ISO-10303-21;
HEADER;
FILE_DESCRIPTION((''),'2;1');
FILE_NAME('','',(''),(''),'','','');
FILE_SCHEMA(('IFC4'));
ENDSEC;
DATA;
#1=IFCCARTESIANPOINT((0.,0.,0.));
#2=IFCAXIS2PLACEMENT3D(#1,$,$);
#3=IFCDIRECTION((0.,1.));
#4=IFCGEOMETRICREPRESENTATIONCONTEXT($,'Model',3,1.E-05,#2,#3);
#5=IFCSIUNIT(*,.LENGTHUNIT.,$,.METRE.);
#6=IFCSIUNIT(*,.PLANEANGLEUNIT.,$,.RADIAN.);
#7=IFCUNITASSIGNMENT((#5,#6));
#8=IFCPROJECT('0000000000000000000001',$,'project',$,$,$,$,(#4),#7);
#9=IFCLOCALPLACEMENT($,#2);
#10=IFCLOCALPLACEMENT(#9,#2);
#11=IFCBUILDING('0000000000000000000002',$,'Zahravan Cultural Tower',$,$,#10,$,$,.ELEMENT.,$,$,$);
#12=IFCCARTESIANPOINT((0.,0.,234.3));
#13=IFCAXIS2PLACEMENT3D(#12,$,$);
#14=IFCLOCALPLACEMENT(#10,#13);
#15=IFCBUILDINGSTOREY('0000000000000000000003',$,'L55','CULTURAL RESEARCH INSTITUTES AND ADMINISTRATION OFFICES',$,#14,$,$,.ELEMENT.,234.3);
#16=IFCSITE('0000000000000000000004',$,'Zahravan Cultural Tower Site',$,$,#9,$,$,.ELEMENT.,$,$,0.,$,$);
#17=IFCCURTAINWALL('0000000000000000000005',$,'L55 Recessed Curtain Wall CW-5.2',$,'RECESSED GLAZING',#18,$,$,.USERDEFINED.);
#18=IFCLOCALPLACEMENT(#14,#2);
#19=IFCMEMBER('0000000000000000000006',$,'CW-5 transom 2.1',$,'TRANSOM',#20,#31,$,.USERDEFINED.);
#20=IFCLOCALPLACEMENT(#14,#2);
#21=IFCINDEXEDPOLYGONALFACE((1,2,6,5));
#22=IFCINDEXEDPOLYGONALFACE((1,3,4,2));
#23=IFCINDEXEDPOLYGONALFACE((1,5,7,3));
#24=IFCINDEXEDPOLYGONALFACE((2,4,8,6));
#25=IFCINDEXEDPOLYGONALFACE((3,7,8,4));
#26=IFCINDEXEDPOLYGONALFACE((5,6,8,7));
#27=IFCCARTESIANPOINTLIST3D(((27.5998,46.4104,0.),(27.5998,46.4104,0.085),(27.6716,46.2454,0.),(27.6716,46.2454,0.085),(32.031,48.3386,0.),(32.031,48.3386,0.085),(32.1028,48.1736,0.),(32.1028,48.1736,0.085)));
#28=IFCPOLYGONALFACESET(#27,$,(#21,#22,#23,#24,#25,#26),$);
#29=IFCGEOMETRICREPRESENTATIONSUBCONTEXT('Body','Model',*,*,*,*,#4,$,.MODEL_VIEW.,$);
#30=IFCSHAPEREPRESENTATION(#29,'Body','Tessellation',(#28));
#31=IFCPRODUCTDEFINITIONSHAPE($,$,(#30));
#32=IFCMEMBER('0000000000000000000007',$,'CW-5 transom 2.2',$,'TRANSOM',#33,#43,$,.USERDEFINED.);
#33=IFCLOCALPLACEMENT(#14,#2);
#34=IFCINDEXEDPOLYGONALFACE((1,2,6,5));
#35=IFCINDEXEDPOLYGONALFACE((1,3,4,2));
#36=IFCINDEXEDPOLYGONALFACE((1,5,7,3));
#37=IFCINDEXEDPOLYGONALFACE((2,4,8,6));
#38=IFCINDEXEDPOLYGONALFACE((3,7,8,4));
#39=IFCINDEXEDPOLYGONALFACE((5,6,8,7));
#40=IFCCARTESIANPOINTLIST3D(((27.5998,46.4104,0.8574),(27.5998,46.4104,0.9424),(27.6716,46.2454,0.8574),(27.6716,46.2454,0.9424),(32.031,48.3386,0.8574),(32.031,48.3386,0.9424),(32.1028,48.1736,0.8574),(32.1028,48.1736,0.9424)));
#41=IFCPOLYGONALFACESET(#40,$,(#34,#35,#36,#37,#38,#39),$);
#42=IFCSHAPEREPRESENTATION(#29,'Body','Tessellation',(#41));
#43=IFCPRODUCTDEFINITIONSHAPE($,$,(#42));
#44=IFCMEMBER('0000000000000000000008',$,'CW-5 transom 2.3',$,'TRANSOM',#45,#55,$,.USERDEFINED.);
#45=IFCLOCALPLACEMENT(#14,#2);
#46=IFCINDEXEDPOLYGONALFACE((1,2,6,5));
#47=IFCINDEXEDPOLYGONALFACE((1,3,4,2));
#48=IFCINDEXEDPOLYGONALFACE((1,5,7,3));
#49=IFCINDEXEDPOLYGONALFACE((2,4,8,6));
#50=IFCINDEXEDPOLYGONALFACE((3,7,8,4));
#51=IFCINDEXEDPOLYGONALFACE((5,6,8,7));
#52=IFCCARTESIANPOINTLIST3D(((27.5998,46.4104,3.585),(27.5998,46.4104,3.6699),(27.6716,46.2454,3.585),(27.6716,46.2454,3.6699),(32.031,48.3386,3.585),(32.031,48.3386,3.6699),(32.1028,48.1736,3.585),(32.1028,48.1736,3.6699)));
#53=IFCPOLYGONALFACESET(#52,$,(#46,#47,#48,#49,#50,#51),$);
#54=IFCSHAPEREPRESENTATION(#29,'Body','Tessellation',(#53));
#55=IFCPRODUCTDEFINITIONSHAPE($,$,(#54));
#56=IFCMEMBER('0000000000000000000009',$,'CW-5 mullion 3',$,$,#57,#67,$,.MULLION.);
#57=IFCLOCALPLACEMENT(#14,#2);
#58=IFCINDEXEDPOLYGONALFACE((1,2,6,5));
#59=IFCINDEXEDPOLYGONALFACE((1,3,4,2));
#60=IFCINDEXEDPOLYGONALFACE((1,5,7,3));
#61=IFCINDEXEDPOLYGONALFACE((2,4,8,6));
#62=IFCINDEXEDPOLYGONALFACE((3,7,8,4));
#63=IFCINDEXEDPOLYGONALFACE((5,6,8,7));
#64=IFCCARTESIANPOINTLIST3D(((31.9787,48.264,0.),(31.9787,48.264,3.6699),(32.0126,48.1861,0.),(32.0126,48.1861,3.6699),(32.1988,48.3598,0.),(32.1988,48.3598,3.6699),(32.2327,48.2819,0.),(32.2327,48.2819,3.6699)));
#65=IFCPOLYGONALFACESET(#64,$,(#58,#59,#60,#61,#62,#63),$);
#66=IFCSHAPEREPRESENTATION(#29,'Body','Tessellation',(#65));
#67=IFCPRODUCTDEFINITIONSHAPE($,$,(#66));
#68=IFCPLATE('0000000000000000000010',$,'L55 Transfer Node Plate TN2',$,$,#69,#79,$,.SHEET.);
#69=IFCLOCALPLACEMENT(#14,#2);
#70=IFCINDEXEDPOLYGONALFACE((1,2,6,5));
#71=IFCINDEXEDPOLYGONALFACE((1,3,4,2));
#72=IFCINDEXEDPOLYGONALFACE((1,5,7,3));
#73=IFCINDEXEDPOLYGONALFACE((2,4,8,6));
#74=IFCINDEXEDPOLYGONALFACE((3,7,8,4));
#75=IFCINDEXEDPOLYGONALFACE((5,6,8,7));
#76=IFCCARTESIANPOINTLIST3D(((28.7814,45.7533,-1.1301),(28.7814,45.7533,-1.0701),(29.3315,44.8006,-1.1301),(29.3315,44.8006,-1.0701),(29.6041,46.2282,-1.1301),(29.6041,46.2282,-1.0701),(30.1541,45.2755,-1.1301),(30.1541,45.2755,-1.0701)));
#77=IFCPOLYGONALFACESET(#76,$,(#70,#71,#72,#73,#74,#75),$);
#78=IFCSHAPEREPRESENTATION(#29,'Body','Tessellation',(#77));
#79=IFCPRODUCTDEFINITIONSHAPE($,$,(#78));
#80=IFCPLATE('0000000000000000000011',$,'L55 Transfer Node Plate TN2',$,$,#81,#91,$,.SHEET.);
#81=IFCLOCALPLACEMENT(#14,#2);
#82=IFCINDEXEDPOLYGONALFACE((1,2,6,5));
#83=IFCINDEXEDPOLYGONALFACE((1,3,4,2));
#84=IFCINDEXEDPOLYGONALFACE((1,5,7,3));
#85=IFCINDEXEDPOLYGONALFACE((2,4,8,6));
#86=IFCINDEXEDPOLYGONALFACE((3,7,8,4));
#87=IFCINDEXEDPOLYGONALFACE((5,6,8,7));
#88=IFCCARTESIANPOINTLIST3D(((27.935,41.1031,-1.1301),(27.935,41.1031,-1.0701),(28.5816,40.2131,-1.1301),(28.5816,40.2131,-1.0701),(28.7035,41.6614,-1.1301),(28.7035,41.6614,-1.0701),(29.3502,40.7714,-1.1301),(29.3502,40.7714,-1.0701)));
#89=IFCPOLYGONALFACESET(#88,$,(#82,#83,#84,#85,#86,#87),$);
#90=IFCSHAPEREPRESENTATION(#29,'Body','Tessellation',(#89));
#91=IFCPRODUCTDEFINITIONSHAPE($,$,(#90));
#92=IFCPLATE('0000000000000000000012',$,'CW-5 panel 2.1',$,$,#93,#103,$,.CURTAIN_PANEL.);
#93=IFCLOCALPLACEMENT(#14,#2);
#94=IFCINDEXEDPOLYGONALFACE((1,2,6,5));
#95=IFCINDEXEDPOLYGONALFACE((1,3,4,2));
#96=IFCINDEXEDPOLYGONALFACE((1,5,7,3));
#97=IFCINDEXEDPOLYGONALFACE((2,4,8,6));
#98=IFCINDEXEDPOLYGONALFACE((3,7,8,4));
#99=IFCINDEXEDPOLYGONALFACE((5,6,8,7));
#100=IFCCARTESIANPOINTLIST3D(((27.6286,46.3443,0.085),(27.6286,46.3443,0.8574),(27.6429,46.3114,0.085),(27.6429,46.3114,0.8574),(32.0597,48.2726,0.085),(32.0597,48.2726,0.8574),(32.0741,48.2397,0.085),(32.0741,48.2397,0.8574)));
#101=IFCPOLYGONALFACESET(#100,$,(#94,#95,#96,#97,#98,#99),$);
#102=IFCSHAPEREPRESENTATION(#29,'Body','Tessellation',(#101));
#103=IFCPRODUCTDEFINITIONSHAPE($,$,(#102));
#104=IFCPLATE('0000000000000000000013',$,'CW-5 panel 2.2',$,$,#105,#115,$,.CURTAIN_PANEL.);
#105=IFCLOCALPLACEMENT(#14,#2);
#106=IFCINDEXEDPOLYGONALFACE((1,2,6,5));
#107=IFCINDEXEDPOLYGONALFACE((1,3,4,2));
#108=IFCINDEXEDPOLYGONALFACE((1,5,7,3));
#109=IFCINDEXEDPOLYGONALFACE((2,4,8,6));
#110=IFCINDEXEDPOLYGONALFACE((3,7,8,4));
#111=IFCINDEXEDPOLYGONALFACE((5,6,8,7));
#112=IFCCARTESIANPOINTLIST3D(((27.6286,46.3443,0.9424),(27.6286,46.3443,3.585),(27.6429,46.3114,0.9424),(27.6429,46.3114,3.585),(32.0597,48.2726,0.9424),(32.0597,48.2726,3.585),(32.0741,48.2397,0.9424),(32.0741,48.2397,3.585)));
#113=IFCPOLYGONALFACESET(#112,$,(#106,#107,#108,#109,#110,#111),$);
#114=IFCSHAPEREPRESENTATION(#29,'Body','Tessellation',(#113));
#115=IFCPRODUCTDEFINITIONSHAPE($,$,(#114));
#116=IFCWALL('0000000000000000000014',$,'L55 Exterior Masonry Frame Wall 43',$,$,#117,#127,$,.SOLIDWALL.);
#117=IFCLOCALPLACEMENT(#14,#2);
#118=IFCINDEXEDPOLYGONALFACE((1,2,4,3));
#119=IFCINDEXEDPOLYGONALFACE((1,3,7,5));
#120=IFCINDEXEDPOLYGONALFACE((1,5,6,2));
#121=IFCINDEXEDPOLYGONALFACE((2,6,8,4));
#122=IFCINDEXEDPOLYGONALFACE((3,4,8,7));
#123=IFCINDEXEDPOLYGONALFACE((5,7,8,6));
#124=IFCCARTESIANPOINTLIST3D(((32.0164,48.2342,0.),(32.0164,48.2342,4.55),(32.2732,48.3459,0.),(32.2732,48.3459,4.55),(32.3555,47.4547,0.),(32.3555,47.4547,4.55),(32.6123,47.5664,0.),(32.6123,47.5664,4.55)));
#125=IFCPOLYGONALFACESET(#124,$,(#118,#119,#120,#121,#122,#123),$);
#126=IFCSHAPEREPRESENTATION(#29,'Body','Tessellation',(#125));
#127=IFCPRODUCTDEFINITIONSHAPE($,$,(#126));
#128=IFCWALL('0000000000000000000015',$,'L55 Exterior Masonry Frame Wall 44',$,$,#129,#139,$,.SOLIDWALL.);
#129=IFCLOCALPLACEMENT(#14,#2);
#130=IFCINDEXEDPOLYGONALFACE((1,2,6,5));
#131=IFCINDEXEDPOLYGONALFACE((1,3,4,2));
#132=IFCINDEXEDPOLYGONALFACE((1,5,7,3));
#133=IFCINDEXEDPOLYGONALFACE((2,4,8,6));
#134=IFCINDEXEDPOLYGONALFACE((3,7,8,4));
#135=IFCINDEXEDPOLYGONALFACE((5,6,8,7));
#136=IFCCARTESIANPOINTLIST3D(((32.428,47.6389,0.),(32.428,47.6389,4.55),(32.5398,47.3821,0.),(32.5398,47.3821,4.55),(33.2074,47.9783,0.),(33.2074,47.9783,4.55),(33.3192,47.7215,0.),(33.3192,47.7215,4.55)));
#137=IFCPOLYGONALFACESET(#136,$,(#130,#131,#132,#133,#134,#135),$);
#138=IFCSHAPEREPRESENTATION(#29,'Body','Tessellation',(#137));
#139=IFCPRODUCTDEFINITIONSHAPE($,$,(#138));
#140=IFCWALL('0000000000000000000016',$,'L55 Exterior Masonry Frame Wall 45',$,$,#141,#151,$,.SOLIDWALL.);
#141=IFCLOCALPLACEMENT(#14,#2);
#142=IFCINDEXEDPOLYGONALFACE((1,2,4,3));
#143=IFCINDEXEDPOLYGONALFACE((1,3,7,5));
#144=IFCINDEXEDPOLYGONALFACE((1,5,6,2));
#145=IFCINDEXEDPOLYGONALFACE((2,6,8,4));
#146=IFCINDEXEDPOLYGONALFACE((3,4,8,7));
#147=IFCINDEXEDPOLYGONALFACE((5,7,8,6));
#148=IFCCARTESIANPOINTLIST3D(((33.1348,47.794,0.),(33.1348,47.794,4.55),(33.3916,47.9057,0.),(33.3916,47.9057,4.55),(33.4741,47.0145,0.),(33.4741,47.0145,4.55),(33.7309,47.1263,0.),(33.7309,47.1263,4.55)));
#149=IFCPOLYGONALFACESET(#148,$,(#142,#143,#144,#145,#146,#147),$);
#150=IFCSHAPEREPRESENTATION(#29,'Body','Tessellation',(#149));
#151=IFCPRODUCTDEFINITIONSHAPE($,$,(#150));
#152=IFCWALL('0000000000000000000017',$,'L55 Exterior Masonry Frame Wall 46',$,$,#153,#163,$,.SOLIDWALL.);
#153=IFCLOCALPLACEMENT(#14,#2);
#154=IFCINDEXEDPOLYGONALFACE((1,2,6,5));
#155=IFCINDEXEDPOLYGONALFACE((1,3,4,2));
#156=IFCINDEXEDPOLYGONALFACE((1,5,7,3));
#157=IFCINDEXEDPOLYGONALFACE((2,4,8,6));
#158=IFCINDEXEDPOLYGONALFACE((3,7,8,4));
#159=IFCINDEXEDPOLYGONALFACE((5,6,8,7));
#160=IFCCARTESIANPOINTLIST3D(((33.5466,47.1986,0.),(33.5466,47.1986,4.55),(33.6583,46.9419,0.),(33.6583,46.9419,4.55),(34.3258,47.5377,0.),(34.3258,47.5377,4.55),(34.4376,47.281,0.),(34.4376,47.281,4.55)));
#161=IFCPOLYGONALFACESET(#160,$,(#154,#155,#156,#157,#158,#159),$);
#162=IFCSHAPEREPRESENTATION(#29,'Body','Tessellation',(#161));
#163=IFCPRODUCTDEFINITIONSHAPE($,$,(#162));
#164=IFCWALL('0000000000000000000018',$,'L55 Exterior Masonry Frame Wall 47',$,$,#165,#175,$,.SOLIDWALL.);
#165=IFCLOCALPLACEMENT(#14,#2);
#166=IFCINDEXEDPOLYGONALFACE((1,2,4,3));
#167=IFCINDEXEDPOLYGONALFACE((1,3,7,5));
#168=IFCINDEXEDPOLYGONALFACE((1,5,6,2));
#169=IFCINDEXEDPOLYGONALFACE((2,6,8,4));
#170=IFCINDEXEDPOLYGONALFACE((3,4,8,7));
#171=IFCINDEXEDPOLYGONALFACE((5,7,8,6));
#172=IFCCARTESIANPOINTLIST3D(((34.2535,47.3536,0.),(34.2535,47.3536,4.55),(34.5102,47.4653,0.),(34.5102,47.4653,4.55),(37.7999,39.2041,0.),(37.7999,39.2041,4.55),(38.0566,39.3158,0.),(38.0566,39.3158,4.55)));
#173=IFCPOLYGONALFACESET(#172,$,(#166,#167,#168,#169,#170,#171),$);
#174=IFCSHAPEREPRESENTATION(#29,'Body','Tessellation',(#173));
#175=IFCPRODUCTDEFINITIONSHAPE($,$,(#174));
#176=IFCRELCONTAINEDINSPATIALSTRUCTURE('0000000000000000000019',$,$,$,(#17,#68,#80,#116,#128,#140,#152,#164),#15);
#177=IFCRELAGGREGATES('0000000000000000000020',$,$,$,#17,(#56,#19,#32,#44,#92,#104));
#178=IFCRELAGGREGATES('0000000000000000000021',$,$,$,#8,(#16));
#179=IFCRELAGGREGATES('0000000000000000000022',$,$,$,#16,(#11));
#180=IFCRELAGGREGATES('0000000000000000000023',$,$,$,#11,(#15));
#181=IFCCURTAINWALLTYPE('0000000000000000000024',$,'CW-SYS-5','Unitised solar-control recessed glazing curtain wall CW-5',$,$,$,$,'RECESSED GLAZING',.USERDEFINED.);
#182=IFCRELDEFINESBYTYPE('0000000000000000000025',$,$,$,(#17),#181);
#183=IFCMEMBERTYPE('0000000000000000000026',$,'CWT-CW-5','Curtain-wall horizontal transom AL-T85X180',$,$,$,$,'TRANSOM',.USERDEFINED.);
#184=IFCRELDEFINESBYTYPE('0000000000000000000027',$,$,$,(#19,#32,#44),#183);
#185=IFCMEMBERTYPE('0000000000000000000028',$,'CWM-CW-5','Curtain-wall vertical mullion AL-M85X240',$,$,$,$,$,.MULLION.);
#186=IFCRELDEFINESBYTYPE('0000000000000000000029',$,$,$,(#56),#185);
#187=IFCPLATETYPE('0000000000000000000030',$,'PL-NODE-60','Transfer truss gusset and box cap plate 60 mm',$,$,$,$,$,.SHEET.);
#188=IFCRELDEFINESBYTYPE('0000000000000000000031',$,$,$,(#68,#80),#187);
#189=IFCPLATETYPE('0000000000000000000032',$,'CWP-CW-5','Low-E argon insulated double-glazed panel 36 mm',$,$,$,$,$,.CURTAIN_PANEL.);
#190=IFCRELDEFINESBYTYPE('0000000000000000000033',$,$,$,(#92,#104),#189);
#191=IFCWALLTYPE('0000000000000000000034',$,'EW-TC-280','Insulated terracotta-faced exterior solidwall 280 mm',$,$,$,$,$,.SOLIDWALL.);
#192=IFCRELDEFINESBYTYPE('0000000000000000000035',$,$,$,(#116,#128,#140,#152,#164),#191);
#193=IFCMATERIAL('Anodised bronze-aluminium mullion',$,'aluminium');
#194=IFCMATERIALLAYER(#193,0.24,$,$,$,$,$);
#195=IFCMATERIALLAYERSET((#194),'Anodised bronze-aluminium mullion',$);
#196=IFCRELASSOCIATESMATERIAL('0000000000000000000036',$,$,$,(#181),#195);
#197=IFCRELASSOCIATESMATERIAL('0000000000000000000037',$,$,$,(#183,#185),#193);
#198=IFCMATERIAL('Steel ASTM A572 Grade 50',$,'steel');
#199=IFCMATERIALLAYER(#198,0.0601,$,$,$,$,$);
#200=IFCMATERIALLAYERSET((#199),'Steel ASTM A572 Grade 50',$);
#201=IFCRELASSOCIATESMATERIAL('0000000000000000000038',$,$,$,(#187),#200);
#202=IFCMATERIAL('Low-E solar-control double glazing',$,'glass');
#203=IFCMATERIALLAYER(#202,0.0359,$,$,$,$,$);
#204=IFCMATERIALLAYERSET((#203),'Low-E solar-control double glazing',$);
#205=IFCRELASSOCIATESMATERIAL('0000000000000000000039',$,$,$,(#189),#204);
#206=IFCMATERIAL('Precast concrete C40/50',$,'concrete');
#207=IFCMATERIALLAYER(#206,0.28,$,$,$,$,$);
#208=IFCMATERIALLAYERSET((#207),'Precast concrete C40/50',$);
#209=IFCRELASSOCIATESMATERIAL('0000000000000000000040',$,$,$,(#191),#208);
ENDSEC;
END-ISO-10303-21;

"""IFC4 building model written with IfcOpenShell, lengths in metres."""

from ifc_helpers import new_model, si_unit, direction, frame, frame_2d, origin, origin_2d, place, context, subcontext, project, spatial, rectangle, extrude, source, transform, mapped, material, layer, layer_set, material_profile, profile_set, type_object, element, aggregate, save


model = new_model("IFC4")

# Units and contexts
model_context = context("Model", 3, precision=1e-05, world=origin(), true_north=direction((0.0, 1.0)))
body_context = subcontext(model_context, "Body", "Model", "MODEL_VIEW")
ifc_project = project(units=[si_unit("LENGTHUNIT", "METRE"), si_unit("PLANEANGLEUNIT", "RADIAN")], contexts=[model_context])

# Site, building, storey
site_placement = place(None, origin())
site = spatial("IfcSite", under=ifc_project, at=site_placement, Name="Zahravan Cultural Tower Site", CompositionType="ELEMENT", RefElevation=0.0)
building_placement = place(site_placement, origin())
building = spatial("IfcBuilding", under=site, at=building_placement, Name="Zahravan Cultural Tower", CompositionType="ELEMENT")
storey_placement = place(building_placement, frame((0.0, 0.0, 234.3)))
storey = spatial("IfcBuildingStorey", under=building, at=storey_placement, Name="L55", Description="CULTURAL RESEARCH INSTITUTES AND ADMINISTRATION OFFICES", CompositionType="ELEMENT", Elevation=234.3)

# Shared definitions
ifc_material_1 = material(Name="Steel ASTM A572 Grade 50", Category="steel")

# Curtain wall, members
ifc_material_2 = material(Name="Anodised bronze-aluminium mullion", Category="aluminium")
ifc_layer_1 = layer(ifc_material_2, 0.24)
ifc_layer_set_1 = layer_set([ifc_layer_1], Name="Anodised bronze-aluminium mullion")
curtain_wall_type = type_object("IfcCurtainWallType", Name="CW-SYS-5", Description="Unitised solar-control recessed glazing curtain wall CW-5", ElementType="RECESSED GLAZING", PredefinedType="USERDEFINED", material=ifc_layer_set_1)
curtain_wall_placement = place(storey_placement, origin())
curtain_wall = element("IfcCurtainWall", 1, at=curtain_wall_placement, inside=storey, type_object=curtain_wall_type, Name="L55 Recessed Curtain Wall CW-5.2", ObjectType="RECESSED GLAZING", PredefinedType="USERDEFINED")
ifc_material_profile_1 = material_profile(ifc_material_2, rectangle(XDim=0.1799, YDim=0.085, at=origin_2d()), Name="AL-T85X180")
ifc_profile_set_1 = profile_set([ifc_material_profile_1], Name="Anodised bronze-aluminium mullion")
member_type_1 = type_object("IfcMemberType", Name="CWT-CW-5", Description="Curtain-wall horizontal transom AL-T85X180", ElementType="TRANSOM", PredefinedType="USERDEFINED", material=ifc_profile_set_1)
shared_shape_1 = source(origin(), body_context, "Body", "SweptSolid", [
    extrude(rectangle(XDim=0.1799, YDim=0.085, at=origin_2d()), origin(), (0.0, 0.0, 1.0), 4.8325),
])
member_1_placement = place(storey_placement, frame((27.6357, 46.3279, 0.0425), z_axis=(0.916946, 0.399011, 0.0), x_axis=(-0.399011, 0.916946, 0.0)))
member_1 = element("IfcMember", 2, at=member_1_placement, type_object=member_type_1, Name="CW-5 transom 2.1", ObjectType="TRANSOM", PredefinedType="USERDEFINED", context=body_context, shape_type="MappedRepresentation", body=[
    mapped(shared_shape_1, transform((0.0, 0.0, 0.0), x_axis=(1.0, 0.0, 0.0), y_axis=(0.0, 1.0, 0.0), z_axis=(0.0, 0.0, 1.0), scale=1.0)),
])
member_2_placement = place(storey_placement, frame((27.6357, 46.3279, 0.8999), z_axis=(0.916946, 0.399011, 0.0), x_axis=(-0.399011, 0.916946, 0.0)))
member_2 = element("IfcMember", 3, at=member_2_placement, type_object=member_type_1, Name="CW-5 transom 2.2", ObjectType="TRANSOM", PredefinedType="USERDEFINED", context=body_context, shape_type="MappedRepresentation", body=[
    mapped(shared_shape_1, transform((0.0, 0.0, 0.0), x_axis=(1.0, 0.0, 0.0), y_axis=(0.0, 1.0, 0.0), z_axis=(0.0, 0.0, 1.0), scale=1.0)),
])
member_3_placement = place(storey_placement, frame((27.6357, 46.3279, 3.6274), z_axis=(0.916946, 0.399011, 0.0), x_axis=(-0.399011, 0.916946, 0.0)))
member_3 = element("IfcMember", 4, at=member_3_placement, type_object=member_type_1, Name="CW-5 transom 2.3", ObjectType="TRANSOM", PredefinedType="USERDEFINED", context=body_context, shape_type="MappedRepresentation", body=[
    mapped(shared_shape_1, transform((0.0, 0.0, 0.0), x_axis=(1.0, 0.0, 0.0), y_axis=(0.0, 1.0, 0.0), z_axis=(0.0, 0.0, 1.0), scale=1.0)),
])
ifc_material_profile_2 = material_profile(ifc_material_2, rectangle(XDim=0.085, YDim=0.24, at=origin_2d()), Name="AL-M85X240")
ifc_profile_set_2 = profile_set([ifc_material_profile_2], Name="Anodised bronze-aluminium mullion")
member_type_2 = type_object("IfcMemberType", Name="CWM-CW-5", Description="Curtain-wall vertical mullion AL-M85X240", PredefinedType="MULLION", material=ifc_profile_set_2)
shared_shape_2 = source(origin(), body_context, "Body", "SweptSolid", [
    extrude(rectangle(XDim=0.085, YDim=0.24, at=origin_2d()), origin(), (0.0, 0.0, 1.0), 3.6699),
])
member_4_placement = place(storey_placement, frame((32.1057, 48.2729, 0.0), z_axis=(0.0, 0.0, 1.0), x_axis=(-0.399017, 0.916944, 0.0)))
member_4 = element("IfcMember", 5, at=member_4_placement, type_object=member_type_2, Name="CW-5 mullion 3", PredefinedType="MULLION", context=body_context, shape_type="MappedRepresentation", body=[
    mapped(shared_shape_2, transform((0.0, 0.0, 0.0), x_axis=(1.0, 0.0, 0.0), y_axis=(0.0, 1.0, 0.0), z_axis=(0.0, 0.0, 1.0), scale=1.0)),
])

# Plates
ifc_layer_2 = layer(ifc_material_1, 0.0601)
ifc_layer_set_2 = layer_set([ifc_layer_2], Name="Steel ASTM A572 Grade 50")
plate_type_1 = type_object("IfcPlateType", Name="PL-NODE-60", Description="Transfer truss gusset and box cap plate 60 mm", PredefinedType="SHEET", material=ifc_layer_set_2)
shared_shape_3 = source(origin(), body_context, "Body", "SweptSolid", [
    extrude(rectangle(XDim=1.1001, YDim=0.95, at=origin_2d()), origin(), (0.0, 0.0, 1.0), 0.0601),
])
for number, where, z_axis, x_axis, name in (
    (6, (29.4678, 45.5144, -1.1301), (0.0, 0.0, 1.0), (-0.5, 0.866025, 0.0), "L55 Transfer Node Plate TN2"),
    (7, (28.6426, 40.9373, -1.1301), (0.0, 0.0, 1.0), (-0.587785, 0.809017, 0.0), "L55 Transfer Node Plate TN2"),
):
    element("IfcPlate", number, at=place(storey_placement, frame(where, z_axis=z_axis, x_axis=x_axis)), inside=storey, type_object=plate_type_1, Name=name, PredefinedType="SHEET", context=body_context, shape_type="MappedRepresentation", body=[
        mapped(shared_shape_3, transform((0.0, 0.0, 0.0), x_axis=(1.0, 0.0, 0.0), y_axis=(0.0, 1.0, 0.0), z_axis=(0.0, 0.0, 1.0), scale=1.0)),
    ])

# Plates
ifc_material_3 = material(Name="Low-E solar-control double glazing", Category="glass")
ifc_layer_3 = layer(ifc_material_3, 0.0359)
ifc_layer_set_3 = layer_set([ifc_layer_3], Name="Low-E solar-control double glazing")
plate_type_2 = type_object("IfcPlateType", Name="CWP-CW-5", Description="Low-E argon insulated double-glazed panel 36 mm", PredefinedType="CURTAIN_PANEL", material=ifc_layer_set_3)
shared_shape_4 = source(origin(), body_context, "Body", "SweptSolid", [
    extrude(rectangle(XDim=4.8325, YDim=0.0359, at=origin_2d()), origin(), (0.0, 0.0, 1.0), 0.7725),
])
plate_1_placement = place(storey_placement, frame((29.8513, 47.292, 0.085), z_axis=(0.0, 0.0, 1.0), x_axis=(0.916944, 0.399017, 0.0)))
plate_1 = element("IfcPlate", 8, at=plate_1_placement, type_object=plate_type_2, Name="CW-5 panel 2.1", PredefinedType="CURTAIN_PANEL", context=body_context, shape_type="MappedRepresentation", body=[
    mapped(shared_shape_4, transform((0.0, 0.0, 0.0), x_axis=(1.0, 0.0, 0.0), y_axis=(0.0, 1.0, 0.0), z_axis=(0.0, 0.0, 1.0), scale=1.0)),
])
shared_shape_5 = source(origin(), body_context, "Body", "SweptSolid", [
    extrude(rectangle(XDim=4.8325, YDim=0.0359, at=origin_2d()), origin(), (0.0, 0.0, 1.0), 2.6426),
])
plate_2_placement = place(storey_placement, frame((29.8513, 47.292, 0.9424), z_axis=(0.0, 0.0, 1.0), x_axis=(0.916944, 0.399017, 0.0)))
plate_2 = element("IfcPlate", 9, at=plate_2_placement, type_object=plate_type_2, Name="CW-5 panel 2.2", PredefinedType="CURTAIN_PANEL", context=body_context, shape_type="MappedRepresentation", body=[
    mapped(shared_shape_5, transform((0.0, 0.0, 0.0), x_axis=(1.0, 0.0, 0.0), y_axis=(0.0, 1.0, 0.0), z_axis=(0.0, 0.0, 1.0), scale=1.0)),
])
aggregate(curtain_wall, [member_4, member_1, member_2, member_3, plate_1, plate_2])

# Walls
ifc_material_4 = material(Name="Precast concrete C40/50", Category="concrete")
ifc_layer_4 = layer(ifc_material_4, 0.28)
ifc_layer_set_4 = layer_set([ifc_layer_4], Name="Precast concrete C40/50")
wall_type = type_object("IfcWallType", Name="EW-TC-280", Description="Insulated terracotta-faced exterior solidwall 280 mm", PredefinedType="SOLIDWALL", material=ifc_layer_set_4)
shared_shape_6 = source(origin(), body_context, "Body", "SweptSolid", [
    extrude(rectangle(XDim=0.8501, YDim=0.28, at=frame_2d((0.425, 0.0))), origin(), (0.0, 0.0, 1.0), 4.55),
])
for number, where, z_axis, x_axis, name in (
    (10, (32.1448, 48.29, 0.0), (0.0, 0.0, 1.0), (0.398905, -0.916992, 0.0), "L55 Exterior Masonry Frame Wall 43"),
    (11, (32.4839, 47.5105, 0.0), (0.0, 0.0, 1.0), (0.916842, 0.399251, 0.0), "L55 Exterior Masonry Frame Wall 44"),
    (12, (33.2632, 47.8499, 0.0), (0.0, 0.0, 1.0), (0.399146, -0.916887, 0.0), "L55 Exterior Masonry Frame Wall 45"),
):
    element("IfcWall", number, at=place(storey_placement, frame(where, z_axis=z_axis, x_axis=x_axis)), inside=storey, type_object=wall_type, Name=name, PredefinedType="SOLIDWALL", context=body_context, shape_type="MappedRepresentation", body=[
        mapped(shared_shape_6, transform((0.0, 0.0, 0.0), x_axis=(1.0, 0.0, 0.0), y_axis=(0.0, 1.0, 0.0), z_axis=(0.0, 0.0, 1.0), scale=1.0)),
    ])
shared_shape_7 = source(origin(), body_context, "Body", "SweptSolid", [
    extrude(rectangle(XDim=0.8499, YDim=0.28, at=frame_2d((0.4248, 0.0))), origin(), (0.0, 0.0, 1.0), 4.55),
])
wall_1_placement = place(storey_placement, frame((33.6025, 47.0703, 0.0), z_axis=(0.0, 0.0, 1.0), x_axis=(0.916947, 0.39901, 0.0)))
element("IfcWall", 13, at=wall_1_placement, inside=storey, type_object=wall_type, Name="L55 Exterior Masonry Frame Wall 46", PredefinedType="SOLIDWALL", context=body_context, shape_type="MappedRepresentation", body=[
    mapped(shared_shape_7, transform((0.0, 0.0, 0.0), x_axis=(1.0, 0.0, 0.0), y_axis=(0.0, 1.0, 0.0), z_axis=(0.0, 0.0, 1.0), scale=1.0)),
])
shared_shape_8 = source(origin(), body_context, "Body", "SweptSolid", [
    extrude(rectangle(XDim=8.8877, YDim=0.28, at=frame_2d((4.4438, 0.0))), origin(), (0.0, 0.0, 1.0), 4.55),
])
wall_2_placement = place(storey_placement, frame((34.3818, 47.4094, 0.0), z_axis=(0.0, 0.0, 1.0), x_axis=(0.399025, -0.91694, 0.0)))
element("IfcWall", 14, at=wall_2_placement, inside=storey, type_object=wall_type, Name="L55 Exterior Masonry Frame Wall 47", PredefinedType="SOLIDWALL", context=body_context, shape_type="MappedRepresentation", body=[
    mapped(shared_shape_8, transform((0.0, 0.0, 0.0), x_axis=(1.0, 0.0, 0.0), y_axis=(0.0, 1.0, 0.0), z_axis=(0.0, 0.0, 1.0), scale=1.0)),
])

save(model, "model.ifc")
